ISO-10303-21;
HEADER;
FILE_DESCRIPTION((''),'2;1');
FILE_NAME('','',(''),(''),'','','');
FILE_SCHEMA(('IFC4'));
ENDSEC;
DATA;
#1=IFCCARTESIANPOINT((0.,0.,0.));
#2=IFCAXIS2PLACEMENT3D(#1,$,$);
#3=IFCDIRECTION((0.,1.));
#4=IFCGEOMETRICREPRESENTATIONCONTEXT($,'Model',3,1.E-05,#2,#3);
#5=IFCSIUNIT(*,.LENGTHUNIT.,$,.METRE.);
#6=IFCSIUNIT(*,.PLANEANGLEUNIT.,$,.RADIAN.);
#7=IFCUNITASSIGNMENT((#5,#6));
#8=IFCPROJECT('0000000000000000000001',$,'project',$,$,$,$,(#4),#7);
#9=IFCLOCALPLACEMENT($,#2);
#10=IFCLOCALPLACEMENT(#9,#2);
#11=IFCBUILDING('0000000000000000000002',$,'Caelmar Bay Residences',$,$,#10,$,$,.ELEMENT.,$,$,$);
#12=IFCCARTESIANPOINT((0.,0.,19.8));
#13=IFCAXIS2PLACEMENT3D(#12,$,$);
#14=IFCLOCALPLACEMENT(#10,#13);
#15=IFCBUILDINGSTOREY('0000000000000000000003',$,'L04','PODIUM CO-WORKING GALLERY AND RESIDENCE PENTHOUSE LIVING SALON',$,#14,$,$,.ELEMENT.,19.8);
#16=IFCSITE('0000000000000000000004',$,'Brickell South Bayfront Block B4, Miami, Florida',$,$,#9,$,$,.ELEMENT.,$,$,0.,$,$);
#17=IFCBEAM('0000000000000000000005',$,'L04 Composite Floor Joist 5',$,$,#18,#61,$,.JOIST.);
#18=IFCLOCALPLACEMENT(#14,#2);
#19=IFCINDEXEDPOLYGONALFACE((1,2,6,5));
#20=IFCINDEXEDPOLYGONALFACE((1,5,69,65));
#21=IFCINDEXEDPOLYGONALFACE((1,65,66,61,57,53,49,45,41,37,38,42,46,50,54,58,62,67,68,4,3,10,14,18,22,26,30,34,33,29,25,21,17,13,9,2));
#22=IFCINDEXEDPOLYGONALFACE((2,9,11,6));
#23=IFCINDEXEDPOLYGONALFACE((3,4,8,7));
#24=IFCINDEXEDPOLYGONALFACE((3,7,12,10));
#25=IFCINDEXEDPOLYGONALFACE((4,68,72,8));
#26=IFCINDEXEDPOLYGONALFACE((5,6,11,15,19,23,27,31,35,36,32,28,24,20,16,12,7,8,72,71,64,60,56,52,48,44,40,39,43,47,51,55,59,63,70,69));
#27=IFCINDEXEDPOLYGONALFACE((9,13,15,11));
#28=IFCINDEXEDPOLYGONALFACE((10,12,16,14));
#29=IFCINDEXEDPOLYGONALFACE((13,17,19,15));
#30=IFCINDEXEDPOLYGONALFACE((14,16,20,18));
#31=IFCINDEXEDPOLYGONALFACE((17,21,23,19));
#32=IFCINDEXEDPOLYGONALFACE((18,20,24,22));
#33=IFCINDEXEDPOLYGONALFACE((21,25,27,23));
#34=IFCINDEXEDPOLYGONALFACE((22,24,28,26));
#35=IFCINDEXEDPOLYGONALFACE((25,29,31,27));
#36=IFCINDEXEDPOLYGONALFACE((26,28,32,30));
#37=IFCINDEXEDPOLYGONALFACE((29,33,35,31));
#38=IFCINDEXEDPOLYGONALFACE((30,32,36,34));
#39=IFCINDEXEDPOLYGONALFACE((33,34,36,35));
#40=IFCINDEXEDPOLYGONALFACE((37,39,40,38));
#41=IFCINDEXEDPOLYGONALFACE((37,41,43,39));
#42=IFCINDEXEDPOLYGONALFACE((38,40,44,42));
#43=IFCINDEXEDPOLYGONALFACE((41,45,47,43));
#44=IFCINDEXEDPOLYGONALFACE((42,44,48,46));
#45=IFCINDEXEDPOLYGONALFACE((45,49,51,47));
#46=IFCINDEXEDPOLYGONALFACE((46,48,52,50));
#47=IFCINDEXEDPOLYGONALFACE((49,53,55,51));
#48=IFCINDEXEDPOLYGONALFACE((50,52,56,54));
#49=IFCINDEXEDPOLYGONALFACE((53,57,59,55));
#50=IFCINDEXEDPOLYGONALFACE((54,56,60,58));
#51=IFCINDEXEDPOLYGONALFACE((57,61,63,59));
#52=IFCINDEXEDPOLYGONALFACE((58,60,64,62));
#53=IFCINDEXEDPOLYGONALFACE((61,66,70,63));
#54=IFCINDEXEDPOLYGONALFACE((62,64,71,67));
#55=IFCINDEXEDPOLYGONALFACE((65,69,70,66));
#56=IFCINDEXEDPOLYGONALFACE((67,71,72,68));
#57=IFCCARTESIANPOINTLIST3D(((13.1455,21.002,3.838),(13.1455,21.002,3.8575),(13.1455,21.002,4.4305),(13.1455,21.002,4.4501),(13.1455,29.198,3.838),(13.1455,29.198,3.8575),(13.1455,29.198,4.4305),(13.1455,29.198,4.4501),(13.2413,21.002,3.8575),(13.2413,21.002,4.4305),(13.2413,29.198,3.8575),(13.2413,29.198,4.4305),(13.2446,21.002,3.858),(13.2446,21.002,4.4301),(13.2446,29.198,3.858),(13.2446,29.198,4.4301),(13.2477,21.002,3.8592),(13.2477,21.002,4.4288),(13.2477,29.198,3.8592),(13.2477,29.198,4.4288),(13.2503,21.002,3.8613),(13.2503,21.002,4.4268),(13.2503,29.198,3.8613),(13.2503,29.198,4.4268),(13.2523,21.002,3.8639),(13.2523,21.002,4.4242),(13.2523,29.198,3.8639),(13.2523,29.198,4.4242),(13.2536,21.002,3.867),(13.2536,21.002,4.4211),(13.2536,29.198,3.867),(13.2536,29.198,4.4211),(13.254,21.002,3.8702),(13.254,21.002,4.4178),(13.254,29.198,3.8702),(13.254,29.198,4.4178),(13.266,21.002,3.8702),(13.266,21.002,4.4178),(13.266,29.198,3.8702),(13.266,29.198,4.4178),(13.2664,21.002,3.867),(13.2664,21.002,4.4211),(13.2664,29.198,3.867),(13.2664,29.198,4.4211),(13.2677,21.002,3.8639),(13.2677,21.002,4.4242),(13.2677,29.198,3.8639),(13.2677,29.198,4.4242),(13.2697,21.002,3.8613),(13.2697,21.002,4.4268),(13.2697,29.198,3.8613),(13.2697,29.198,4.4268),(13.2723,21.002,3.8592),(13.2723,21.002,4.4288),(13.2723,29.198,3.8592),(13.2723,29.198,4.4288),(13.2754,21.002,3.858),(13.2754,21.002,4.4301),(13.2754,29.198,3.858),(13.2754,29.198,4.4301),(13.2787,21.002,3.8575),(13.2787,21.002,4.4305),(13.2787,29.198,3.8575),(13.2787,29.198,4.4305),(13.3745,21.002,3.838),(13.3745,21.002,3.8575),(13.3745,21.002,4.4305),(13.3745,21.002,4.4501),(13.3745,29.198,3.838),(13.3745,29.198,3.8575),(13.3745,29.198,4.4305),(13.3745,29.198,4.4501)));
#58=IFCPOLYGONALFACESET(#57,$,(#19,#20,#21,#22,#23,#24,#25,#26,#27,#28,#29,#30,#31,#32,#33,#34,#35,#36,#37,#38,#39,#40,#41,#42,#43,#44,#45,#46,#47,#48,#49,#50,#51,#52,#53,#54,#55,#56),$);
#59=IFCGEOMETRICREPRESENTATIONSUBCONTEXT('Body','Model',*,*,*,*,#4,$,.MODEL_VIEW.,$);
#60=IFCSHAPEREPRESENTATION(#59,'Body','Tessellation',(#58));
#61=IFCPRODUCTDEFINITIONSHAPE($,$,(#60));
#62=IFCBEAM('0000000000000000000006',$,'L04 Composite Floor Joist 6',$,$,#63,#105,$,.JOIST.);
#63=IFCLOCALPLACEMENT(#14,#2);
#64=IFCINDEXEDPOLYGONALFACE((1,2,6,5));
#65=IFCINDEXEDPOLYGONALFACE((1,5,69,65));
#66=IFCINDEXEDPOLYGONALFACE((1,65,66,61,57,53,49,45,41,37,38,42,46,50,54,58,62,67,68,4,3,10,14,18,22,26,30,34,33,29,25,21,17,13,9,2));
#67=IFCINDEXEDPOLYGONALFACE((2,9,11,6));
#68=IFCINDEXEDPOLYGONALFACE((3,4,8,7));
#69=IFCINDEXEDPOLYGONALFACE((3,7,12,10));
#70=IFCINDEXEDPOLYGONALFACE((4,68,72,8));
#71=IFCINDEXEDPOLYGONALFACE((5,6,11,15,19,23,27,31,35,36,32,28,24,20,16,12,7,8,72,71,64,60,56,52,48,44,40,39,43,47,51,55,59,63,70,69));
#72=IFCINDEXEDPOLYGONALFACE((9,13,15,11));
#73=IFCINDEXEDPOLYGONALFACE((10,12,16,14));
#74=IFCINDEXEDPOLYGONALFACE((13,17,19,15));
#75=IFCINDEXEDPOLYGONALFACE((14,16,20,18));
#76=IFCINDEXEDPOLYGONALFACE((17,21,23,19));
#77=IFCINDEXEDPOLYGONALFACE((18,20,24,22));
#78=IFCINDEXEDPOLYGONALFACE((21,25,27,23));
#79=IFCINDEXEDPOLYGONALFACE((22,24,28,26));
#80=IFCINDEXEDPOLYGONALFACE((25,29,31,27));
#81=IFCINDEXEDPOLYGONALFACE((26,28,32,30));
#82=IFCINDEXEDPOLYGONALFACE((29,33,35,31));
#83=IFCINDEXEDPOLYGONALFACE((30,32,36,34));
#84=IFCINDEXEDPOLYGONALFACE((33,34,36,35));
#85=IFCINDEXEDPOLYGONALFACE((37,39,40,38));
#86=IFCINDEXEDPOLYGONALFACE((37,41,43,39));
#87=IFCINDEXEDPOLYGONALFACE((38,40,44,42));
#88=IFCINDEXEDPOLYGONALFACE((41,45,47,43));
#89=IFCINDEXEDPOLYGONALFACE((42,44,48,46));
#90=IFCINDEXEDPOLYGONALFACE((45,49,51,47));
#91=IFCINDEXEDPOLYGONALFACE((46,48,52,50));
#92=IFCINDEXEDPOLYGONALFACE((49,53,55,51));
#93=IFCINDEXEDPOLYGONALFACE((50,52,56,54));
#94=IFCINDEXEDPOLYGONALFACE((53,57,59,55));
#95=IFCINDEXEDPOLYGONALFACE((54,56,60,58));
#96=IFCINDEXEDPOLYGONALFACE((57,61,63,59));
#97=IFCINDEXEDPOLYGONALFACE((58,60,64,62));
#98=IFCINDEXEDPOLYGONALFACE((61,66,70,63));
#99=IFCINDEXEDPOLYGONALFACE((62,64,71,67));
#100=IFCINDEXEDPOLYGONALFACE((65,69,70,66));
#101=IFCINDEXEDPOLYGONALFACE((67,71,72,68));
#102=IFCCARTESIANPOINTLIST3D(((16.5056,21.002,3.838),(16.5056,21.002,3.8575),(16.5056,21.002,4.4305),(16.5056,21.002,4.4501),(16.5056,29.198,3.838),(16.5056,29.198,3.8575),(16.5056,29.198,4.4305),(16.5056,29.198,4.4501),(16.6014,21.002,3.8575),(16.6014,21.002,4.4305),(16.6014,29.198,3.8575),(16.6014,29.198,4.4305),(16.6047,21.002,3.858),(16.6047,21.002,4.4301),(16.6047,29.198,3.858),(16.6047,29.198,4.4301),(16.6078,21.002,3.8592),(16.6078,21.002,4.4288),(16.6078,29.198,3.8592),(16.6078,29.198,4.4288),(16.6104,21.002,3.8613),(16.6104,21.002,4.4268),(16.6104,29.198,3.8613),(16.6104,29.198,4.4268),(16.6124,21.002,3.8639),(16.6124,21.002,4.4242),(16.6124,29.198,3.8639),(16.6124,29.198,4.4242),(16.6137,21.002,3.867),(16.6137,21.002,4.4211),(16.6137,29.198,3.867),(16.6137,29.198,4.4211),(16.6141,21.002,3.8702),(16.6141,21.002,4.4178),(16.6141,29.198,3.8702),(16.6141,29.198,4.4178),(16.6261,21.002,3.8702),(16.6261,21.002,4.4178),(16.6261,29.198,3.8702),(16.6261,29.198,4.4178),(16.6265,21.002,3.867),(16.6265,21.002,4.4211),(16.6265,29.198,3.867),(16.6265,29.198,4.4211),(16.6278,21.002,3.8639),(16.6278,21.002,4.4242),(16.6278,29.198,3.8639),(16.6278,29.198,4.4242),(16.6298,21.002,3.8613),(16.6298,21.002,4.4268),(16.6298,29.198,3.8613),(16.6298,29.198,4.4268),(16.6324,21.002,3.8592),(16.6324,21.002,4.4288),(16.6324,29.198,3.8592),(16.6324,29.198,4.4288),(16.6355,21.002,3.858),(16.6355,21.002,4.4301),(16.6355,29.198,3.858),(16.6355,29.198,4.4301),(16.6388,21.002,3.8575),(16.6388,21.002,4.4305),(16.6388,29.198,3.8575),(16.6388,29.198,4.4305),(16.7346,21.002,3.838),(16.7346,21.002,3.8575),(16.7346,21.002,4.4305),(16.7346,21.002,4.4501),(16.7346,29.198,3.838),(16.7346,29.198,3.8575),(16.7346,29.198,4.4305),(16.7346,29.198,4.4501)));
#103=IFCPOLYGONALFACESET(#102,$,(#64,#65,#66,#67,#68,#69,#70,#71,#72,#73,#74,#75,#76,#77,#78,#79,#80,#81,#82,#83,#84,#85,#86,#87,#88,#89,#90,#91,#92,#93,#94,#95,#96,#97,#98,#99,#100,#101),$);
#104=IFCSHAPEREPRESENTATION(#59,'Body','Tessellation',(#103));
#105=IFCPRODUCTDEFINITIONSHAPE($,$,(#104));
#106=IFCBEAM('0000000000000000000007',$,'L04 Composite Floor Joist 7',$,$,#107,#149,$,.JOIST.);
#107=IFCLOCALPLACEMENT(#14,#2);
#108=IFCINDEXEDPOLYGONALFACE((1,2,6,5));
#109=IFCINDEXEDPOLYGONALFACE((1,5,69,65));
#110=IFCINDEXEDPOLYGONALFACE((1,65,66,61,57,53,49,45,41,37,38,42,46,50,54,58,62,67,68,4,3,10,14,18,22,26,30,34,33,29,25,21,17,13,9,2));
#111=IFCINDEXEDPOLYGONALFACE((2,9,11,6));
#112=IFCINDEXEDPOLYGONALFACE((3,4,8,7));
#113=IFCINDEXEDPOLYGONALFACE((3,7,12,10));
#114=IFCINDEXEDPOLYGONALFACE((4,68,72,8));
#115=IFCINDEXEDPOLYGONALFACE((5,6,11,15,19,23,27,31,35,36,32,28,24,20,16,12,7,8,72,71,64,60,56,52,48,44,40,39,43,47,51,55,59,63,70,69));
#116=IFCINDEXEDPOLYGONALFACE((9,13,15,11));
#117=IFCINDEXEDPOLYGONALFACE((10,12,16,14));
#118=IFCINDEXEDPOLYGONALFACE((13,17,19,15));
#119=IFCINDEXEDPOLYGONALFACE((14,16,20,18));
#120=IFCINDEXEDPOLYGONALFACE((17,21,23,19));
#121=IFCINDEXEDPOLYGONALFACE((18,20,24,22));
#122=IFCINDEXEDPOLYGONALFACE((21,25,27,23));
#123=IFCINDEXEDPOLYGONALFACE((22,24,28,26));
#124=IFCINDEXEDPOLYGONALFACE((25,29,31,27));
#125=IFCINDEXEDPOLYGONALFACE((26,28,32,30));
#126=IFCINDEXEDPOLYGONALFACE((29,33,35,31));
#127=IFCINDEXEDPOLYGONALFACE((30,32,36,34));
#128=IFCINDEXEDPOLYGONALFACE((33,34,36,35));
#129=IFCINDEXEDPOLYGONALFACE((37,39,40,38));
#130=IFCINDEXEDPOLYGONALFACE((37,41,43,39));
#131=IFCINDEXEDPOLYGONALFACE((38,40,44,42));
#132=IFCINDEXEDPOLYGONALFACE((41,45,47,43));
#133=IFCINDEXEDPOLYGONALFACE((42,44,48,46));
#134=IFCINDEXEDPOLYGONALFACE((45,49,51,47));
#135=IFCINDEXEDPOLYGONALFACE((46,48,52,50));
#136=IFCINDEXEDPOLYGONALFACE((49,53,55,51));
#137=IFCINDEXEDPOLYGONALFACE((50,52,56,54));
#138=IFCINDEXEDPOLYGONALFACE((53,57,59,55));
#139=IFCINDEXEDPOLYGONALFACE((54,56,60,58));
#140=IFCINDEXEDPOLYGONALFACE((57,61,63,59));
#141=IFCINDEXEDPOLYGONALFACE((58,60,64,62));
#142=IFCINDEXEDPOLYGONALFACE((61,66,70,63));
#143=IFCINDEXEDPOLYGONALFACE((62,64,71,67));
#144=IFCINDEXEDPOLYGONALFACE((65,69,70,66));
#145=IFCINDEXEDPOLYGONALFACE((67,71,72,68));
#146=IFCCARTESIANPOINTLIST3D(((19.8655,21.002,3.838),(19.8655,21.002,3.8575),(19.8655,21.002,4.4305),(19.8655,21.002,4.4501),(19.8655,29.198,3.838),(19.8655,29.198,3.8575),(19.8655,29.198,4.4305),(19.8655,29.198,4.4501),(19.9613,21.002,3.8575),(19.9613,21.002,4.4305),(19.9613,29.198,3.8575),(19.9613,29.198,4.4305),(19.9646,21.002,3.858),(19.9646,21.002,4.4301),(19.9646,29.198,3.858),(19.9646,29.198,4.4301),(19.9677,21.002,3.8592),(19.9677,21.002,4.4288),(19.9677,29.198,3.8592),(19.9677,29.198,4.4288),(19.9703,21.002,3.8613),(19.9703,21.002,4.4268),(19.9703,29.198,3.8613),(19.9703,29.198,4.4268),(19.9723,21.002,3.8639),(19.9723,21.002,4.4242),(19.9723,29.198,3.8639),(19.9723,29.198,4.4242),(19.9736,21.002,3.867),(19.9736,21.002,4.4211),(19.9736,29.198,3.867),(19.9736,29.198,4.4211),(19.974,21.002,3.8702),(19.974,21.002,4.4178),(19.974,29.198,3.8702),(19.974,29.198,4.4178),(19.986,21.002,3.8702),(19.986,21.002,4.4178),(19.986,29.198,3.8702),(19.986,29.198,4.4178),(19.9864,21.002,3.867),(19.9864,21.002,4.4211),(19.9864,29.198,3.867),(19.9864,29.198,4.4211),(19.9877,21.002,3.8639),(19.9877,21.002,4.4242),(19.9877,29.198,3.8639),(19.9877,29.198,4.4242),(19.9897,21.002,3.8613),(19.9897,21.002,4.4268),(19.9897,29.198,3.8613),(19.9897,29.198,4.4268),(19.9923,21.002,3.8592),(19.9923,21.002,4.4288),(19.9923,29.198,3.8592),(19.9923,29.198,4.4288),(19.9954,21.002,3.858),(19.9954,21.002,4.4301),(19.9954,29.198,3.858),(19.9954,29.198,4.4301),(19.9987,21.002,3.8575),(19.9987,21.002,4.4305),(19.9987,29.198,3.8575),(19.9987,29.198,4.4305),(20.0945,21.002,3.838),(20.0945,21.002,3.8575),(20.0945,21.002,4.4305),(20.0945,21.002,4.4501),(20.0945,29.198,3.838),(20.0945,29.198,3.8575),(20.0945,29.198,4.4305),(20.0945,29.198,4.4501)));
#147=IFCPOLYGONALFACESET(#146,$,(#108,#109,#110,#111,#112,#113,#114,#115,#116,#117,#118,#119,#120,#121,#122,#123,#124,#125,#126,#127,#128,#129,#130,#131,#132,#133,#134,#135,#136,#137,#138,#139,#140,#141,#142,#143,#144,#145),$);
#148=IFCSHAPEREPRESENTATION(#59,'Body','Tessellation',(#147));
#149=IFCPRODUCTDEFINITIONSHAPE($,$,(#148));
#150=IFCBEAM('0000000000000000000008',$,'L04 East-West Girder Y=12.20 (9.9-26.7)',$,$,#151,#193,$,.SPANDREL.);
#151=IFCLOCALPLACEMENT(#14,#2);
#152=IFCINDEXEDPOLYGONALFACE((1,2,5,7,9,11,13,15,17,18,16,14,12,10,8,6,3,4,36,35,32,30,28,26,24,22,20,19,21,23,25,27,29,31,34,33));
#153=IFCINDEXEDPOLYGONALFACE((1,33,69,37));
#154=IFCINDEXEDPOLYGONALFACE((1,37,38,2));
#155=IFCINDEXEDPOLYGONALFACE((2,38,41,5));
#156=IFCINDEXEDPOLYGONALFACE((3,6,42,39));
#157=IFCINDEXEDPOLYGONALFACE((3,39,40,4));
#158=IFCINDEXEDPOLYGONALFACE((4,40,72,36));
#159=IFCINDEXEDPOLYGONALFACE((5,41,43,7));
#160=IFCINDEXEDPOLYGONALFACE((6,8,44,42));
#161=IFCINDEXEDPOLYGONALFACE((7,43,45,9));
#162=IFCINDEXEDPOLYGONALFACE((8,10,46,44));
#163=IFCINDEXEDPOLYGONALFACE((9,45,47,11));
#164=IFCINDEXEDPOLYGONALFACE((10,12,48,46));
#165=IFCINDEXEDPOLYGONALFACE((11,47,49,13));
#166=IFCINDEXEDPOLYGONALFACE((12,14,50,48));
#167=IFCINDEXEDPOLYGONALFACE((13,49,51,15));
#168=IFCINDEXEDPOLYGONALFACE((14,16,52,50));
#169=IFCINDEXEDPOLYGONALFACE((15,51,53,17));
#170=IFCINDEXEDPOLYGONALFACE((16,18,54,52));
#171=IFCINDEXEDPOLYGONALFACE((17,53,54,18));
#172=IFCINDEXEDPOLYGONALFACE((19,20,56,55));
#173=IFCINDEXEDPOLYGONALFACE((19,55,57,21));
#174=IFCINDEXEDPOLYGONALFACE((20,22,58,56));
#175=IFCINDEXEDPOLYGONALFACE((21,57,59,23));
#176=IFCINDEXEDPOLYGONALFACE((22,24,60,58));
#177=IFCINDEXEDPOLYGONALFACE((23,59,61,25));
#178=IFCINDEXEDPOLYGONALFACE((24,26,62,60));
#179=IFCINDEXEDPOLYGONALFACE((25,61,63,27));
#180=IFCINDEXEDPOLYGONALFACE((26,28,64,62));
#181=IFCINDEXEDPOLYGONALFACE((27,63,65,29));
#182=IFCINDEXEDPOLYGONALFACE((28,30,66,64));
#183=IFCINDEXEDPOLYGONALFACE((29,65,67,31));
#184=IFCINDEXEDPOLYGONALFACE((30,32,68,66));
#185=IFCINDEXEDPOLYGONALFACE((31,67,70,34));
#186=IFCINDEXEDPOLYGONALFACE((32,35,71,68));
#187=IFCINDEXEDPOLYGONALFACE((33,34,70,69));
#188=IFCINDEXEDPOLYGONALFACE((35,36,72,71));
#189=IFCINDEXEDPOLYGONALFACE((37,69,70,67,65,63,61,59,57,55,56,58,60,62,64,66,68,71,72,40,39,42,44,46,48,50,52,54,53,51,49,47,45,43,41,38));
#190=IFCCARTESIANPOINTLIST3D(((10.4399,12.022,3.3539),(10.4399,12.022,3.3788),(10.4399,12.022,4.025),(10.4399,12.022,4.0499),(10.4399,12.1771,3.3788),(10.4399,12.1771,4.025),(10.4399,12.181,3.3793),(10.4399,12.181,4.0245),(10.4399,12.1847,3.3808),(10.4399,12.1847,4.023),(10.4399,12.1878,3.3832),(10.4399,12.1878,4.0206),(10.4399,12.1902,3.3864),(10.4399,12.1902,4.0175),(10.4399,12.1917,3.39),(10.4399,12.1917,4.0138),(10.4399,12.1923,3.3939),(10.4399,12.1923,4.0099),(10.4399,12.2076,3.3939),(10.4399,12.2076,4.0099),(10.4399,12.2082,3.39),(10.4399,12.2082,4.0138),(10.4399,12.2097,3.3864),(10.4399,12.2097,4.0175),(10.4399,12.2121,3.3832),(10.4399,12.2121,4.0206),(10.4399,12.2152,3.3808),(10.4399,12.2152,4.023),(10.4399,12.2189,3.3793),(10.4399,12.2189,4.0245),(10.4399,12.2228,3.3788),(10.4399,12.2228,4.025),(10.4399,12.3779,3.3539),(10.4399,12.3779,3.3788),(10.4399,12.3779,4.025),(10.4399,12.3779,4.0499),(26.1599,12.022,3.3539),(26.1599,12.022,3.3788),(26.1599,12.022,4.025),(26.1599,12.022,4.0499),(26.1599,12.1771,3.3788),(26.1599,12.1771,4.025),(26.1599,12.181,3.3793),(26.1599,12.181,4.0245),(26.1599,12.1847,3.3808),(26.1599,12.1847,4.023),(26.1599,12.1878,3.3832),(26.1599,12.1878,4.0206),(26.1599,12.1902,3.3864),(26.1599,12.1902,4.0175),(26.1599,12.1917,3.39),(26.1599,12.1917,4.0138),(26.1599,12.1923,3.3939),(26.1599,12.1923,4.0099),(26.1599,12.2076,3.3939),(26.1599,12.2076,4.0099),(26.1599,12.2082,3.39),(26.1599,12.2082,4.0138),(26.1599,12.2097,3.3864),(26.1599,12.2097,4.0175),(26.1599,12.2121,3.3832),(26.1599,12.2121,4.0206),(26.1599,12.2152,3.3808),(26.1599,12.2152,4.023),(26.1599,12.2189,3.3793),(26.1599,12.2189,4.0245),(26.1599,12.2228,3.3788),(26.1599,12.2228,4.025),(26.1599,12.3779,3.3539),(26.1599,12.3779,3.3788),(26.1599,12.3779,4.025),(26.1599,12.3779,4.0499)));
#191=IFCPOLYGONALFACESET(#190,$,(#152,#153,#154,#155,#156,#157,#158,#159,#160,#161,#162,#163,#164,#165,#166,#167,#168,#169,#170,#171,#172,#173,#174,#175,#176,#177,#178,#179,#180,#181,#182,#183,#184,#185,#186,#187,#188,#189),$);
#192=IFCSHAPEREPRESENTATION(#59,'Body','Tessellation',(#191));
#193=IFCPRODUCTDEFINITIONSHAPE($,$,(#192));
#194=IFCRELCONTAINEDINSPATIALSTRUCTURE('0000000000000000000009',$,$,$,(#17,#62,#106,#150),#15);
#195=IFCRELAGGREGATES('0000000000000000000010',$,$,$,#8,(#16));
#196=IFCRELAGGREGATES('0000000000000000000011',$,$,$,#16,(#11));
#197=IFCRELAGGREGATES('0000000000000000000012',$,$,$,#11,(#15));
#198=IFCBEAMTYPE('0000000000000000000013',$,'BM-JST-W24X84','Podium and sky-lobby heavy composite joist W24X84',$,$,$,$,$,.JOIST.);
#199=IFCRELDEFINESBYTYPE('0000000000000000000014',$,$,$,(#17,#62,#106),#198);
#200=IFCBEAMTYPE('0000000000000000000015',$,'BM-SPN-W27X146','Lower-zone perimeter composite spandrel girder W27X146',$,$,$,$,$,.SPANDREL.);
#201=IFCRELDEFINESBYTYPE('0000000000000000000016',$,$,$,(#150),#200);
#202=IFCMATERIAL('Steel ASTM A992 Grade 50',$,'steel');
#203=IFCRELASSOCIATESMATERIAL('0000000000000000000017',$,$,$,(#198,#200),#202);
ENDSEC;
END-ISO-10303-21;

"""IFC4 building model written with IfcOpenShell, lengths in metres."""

from ifc_helpers import new_model, si_unit, direction, frame, origin, origin_2d, place, context, subcontext, project, spatial, i_section, extrude, material, material_profile, profile_set, type_object, element, save


model = new_model("IFC4")

# Units and contexts
model_context = context("Model", 3, precision=1e-05, world=origin(), true_north=direction((0.0, 1.0)))
body_context = subcontext(model_context, "Body", "Model", "MODEL_VIEW")
ifc_project = project(units=[si_unit("LENGTHUNIT", "METRE"), si_unit("PLANEANGLEUNIT", "RADIAN")], contexts=[model_context])

# Site, building, storey
site_placement = place(None, origin())
site = spatial("IfcSite", under=ifc_project, at=site_placement, Name="Brickell South Bayfront Block B4, Miami, Florida", CompositionType="ELEMENT", RefElevation=0.0)
building_placement = place(site_placement, origin())
building = spatial("IfcBuilding", under=site, at=building_placement, Name="Caelmar Bay Residences", CompositionType="ELEMENT")
storey_placement = place(building_placement, frame((0.0, 0.0, 19.8)))
storey = spatial("IfcBuildingStorey", under=building, at=storey_placement, Name="L04", Description="PODIUM CO-WORKING GALLERY AND RESIDENCE PENTHOUSE LIVING SALON", CompositionType="ELEMENT", Elevation=19.8)

# Beams
ifc_material_1 = material(Name="Steel ASTM A992 Grade 50", Category="steel")
ifc_material_profile_1 = material_profile(ifc_material_1, i_section(OverallWidth=0.229, OverallDepth=0.6121, WebThickness=0.012, FlangeThickness=0.0195, FilletRadius=0.0127, at=origin_2d()), Name="W24X84")
ifc_profile_set_1 = profile_set([ifc_material_profile_1], Name="Steel ASTM A992 Grade 50")
beam_type_1 = type_object("IfcBeamType", Name="BM-JST-W24X84", Description="Podium and sky-lobby heavy composite joist W24X84", PredefinedType="JOIST", material=ifc_profile_set_1)
for number, where, z_axis, x_axis, name in (
    (1, (13.26, 21.002, 4.144), (0.0, 1.0, 0.0), (-1.0, 0.0, 0.0), "L04 Composite Floor Joist 5"),
    (2, (16.6201, 21.002, 4.144), (0.0, 1.0, 0.0), (-1.0, 0.0, 0.0), "L04 Composite Floor Joist 6"),
    (3, (19.98, 21.002, 4.144), (0.0, 1.0, 0.0), (-1.0, 0.0, 0.0), "L04 Composite Floor Joist 7"),
):
    element("IfcBeam", number, at=place(storey_placement, frame(where, z_axis=z_axis, x_axis=x_axis)), inside=storey, type_object=beam_type_1, Name=name, PredefinedType="JOIST", context=body_context, shape_type="SweptSolid", body=[
        extrude(i_section(OverallWidth=0.229, OverallDepth=0.6121, WebThickness=0.012, FlangeThickness=0.0195, FilletRadius=0.0127, at=origin_2d()), origin(), (0.0, 0.0, 1.0), 8.196),
    ])
ifc_material_profile_2 = material_profile(ifc_material_1, i_section(OverallWidth=0.356, OverallDepth=0.696, WebThickness=0.0154, FlangeThickness=0.0249, FilletRadius=0.0151, at=origin_2d()), Name="W27X146")
ifc_profile_set_2 = profile_set([ifc_material_profile_2], Name="Steel ASTM A992 Grade 50")
beam_type_2 = type_object("IfcBeamType", Name="BM-SPN-W27X146", Description="Lower-zone perimeter composite spandrel girder W27X146", PredefinedType="SPANDREL", material=ifc_profile_set_2)
beam_1_placement = place(storey_placement, frame((10.4399, 12.2, 3.7019), z_axis=(1.0, 0.0, 0.0), x_axis=(0.0, 1.0, 0.0)))
element("IfcBeam", 4, at=beam_1_placement, inside=storey, type_object=beam_type_2, Name="L04 East-West Girder Y=12.20 (9.9-26.7)", PredefinedType="SPANDREL", context=body_context, shape_type="SweptSolid", body=[
    extrude(i_section(OverallWidth=0.356, OverallDepth=0.696, WebThickness=0.0154, FlangeThickness=0.0249, FilletRadius=0.0151, at=origin_2d()), origin(), (0.0, 0.0, 1.0), 15.72),
])

save(model, "model.ifc")
